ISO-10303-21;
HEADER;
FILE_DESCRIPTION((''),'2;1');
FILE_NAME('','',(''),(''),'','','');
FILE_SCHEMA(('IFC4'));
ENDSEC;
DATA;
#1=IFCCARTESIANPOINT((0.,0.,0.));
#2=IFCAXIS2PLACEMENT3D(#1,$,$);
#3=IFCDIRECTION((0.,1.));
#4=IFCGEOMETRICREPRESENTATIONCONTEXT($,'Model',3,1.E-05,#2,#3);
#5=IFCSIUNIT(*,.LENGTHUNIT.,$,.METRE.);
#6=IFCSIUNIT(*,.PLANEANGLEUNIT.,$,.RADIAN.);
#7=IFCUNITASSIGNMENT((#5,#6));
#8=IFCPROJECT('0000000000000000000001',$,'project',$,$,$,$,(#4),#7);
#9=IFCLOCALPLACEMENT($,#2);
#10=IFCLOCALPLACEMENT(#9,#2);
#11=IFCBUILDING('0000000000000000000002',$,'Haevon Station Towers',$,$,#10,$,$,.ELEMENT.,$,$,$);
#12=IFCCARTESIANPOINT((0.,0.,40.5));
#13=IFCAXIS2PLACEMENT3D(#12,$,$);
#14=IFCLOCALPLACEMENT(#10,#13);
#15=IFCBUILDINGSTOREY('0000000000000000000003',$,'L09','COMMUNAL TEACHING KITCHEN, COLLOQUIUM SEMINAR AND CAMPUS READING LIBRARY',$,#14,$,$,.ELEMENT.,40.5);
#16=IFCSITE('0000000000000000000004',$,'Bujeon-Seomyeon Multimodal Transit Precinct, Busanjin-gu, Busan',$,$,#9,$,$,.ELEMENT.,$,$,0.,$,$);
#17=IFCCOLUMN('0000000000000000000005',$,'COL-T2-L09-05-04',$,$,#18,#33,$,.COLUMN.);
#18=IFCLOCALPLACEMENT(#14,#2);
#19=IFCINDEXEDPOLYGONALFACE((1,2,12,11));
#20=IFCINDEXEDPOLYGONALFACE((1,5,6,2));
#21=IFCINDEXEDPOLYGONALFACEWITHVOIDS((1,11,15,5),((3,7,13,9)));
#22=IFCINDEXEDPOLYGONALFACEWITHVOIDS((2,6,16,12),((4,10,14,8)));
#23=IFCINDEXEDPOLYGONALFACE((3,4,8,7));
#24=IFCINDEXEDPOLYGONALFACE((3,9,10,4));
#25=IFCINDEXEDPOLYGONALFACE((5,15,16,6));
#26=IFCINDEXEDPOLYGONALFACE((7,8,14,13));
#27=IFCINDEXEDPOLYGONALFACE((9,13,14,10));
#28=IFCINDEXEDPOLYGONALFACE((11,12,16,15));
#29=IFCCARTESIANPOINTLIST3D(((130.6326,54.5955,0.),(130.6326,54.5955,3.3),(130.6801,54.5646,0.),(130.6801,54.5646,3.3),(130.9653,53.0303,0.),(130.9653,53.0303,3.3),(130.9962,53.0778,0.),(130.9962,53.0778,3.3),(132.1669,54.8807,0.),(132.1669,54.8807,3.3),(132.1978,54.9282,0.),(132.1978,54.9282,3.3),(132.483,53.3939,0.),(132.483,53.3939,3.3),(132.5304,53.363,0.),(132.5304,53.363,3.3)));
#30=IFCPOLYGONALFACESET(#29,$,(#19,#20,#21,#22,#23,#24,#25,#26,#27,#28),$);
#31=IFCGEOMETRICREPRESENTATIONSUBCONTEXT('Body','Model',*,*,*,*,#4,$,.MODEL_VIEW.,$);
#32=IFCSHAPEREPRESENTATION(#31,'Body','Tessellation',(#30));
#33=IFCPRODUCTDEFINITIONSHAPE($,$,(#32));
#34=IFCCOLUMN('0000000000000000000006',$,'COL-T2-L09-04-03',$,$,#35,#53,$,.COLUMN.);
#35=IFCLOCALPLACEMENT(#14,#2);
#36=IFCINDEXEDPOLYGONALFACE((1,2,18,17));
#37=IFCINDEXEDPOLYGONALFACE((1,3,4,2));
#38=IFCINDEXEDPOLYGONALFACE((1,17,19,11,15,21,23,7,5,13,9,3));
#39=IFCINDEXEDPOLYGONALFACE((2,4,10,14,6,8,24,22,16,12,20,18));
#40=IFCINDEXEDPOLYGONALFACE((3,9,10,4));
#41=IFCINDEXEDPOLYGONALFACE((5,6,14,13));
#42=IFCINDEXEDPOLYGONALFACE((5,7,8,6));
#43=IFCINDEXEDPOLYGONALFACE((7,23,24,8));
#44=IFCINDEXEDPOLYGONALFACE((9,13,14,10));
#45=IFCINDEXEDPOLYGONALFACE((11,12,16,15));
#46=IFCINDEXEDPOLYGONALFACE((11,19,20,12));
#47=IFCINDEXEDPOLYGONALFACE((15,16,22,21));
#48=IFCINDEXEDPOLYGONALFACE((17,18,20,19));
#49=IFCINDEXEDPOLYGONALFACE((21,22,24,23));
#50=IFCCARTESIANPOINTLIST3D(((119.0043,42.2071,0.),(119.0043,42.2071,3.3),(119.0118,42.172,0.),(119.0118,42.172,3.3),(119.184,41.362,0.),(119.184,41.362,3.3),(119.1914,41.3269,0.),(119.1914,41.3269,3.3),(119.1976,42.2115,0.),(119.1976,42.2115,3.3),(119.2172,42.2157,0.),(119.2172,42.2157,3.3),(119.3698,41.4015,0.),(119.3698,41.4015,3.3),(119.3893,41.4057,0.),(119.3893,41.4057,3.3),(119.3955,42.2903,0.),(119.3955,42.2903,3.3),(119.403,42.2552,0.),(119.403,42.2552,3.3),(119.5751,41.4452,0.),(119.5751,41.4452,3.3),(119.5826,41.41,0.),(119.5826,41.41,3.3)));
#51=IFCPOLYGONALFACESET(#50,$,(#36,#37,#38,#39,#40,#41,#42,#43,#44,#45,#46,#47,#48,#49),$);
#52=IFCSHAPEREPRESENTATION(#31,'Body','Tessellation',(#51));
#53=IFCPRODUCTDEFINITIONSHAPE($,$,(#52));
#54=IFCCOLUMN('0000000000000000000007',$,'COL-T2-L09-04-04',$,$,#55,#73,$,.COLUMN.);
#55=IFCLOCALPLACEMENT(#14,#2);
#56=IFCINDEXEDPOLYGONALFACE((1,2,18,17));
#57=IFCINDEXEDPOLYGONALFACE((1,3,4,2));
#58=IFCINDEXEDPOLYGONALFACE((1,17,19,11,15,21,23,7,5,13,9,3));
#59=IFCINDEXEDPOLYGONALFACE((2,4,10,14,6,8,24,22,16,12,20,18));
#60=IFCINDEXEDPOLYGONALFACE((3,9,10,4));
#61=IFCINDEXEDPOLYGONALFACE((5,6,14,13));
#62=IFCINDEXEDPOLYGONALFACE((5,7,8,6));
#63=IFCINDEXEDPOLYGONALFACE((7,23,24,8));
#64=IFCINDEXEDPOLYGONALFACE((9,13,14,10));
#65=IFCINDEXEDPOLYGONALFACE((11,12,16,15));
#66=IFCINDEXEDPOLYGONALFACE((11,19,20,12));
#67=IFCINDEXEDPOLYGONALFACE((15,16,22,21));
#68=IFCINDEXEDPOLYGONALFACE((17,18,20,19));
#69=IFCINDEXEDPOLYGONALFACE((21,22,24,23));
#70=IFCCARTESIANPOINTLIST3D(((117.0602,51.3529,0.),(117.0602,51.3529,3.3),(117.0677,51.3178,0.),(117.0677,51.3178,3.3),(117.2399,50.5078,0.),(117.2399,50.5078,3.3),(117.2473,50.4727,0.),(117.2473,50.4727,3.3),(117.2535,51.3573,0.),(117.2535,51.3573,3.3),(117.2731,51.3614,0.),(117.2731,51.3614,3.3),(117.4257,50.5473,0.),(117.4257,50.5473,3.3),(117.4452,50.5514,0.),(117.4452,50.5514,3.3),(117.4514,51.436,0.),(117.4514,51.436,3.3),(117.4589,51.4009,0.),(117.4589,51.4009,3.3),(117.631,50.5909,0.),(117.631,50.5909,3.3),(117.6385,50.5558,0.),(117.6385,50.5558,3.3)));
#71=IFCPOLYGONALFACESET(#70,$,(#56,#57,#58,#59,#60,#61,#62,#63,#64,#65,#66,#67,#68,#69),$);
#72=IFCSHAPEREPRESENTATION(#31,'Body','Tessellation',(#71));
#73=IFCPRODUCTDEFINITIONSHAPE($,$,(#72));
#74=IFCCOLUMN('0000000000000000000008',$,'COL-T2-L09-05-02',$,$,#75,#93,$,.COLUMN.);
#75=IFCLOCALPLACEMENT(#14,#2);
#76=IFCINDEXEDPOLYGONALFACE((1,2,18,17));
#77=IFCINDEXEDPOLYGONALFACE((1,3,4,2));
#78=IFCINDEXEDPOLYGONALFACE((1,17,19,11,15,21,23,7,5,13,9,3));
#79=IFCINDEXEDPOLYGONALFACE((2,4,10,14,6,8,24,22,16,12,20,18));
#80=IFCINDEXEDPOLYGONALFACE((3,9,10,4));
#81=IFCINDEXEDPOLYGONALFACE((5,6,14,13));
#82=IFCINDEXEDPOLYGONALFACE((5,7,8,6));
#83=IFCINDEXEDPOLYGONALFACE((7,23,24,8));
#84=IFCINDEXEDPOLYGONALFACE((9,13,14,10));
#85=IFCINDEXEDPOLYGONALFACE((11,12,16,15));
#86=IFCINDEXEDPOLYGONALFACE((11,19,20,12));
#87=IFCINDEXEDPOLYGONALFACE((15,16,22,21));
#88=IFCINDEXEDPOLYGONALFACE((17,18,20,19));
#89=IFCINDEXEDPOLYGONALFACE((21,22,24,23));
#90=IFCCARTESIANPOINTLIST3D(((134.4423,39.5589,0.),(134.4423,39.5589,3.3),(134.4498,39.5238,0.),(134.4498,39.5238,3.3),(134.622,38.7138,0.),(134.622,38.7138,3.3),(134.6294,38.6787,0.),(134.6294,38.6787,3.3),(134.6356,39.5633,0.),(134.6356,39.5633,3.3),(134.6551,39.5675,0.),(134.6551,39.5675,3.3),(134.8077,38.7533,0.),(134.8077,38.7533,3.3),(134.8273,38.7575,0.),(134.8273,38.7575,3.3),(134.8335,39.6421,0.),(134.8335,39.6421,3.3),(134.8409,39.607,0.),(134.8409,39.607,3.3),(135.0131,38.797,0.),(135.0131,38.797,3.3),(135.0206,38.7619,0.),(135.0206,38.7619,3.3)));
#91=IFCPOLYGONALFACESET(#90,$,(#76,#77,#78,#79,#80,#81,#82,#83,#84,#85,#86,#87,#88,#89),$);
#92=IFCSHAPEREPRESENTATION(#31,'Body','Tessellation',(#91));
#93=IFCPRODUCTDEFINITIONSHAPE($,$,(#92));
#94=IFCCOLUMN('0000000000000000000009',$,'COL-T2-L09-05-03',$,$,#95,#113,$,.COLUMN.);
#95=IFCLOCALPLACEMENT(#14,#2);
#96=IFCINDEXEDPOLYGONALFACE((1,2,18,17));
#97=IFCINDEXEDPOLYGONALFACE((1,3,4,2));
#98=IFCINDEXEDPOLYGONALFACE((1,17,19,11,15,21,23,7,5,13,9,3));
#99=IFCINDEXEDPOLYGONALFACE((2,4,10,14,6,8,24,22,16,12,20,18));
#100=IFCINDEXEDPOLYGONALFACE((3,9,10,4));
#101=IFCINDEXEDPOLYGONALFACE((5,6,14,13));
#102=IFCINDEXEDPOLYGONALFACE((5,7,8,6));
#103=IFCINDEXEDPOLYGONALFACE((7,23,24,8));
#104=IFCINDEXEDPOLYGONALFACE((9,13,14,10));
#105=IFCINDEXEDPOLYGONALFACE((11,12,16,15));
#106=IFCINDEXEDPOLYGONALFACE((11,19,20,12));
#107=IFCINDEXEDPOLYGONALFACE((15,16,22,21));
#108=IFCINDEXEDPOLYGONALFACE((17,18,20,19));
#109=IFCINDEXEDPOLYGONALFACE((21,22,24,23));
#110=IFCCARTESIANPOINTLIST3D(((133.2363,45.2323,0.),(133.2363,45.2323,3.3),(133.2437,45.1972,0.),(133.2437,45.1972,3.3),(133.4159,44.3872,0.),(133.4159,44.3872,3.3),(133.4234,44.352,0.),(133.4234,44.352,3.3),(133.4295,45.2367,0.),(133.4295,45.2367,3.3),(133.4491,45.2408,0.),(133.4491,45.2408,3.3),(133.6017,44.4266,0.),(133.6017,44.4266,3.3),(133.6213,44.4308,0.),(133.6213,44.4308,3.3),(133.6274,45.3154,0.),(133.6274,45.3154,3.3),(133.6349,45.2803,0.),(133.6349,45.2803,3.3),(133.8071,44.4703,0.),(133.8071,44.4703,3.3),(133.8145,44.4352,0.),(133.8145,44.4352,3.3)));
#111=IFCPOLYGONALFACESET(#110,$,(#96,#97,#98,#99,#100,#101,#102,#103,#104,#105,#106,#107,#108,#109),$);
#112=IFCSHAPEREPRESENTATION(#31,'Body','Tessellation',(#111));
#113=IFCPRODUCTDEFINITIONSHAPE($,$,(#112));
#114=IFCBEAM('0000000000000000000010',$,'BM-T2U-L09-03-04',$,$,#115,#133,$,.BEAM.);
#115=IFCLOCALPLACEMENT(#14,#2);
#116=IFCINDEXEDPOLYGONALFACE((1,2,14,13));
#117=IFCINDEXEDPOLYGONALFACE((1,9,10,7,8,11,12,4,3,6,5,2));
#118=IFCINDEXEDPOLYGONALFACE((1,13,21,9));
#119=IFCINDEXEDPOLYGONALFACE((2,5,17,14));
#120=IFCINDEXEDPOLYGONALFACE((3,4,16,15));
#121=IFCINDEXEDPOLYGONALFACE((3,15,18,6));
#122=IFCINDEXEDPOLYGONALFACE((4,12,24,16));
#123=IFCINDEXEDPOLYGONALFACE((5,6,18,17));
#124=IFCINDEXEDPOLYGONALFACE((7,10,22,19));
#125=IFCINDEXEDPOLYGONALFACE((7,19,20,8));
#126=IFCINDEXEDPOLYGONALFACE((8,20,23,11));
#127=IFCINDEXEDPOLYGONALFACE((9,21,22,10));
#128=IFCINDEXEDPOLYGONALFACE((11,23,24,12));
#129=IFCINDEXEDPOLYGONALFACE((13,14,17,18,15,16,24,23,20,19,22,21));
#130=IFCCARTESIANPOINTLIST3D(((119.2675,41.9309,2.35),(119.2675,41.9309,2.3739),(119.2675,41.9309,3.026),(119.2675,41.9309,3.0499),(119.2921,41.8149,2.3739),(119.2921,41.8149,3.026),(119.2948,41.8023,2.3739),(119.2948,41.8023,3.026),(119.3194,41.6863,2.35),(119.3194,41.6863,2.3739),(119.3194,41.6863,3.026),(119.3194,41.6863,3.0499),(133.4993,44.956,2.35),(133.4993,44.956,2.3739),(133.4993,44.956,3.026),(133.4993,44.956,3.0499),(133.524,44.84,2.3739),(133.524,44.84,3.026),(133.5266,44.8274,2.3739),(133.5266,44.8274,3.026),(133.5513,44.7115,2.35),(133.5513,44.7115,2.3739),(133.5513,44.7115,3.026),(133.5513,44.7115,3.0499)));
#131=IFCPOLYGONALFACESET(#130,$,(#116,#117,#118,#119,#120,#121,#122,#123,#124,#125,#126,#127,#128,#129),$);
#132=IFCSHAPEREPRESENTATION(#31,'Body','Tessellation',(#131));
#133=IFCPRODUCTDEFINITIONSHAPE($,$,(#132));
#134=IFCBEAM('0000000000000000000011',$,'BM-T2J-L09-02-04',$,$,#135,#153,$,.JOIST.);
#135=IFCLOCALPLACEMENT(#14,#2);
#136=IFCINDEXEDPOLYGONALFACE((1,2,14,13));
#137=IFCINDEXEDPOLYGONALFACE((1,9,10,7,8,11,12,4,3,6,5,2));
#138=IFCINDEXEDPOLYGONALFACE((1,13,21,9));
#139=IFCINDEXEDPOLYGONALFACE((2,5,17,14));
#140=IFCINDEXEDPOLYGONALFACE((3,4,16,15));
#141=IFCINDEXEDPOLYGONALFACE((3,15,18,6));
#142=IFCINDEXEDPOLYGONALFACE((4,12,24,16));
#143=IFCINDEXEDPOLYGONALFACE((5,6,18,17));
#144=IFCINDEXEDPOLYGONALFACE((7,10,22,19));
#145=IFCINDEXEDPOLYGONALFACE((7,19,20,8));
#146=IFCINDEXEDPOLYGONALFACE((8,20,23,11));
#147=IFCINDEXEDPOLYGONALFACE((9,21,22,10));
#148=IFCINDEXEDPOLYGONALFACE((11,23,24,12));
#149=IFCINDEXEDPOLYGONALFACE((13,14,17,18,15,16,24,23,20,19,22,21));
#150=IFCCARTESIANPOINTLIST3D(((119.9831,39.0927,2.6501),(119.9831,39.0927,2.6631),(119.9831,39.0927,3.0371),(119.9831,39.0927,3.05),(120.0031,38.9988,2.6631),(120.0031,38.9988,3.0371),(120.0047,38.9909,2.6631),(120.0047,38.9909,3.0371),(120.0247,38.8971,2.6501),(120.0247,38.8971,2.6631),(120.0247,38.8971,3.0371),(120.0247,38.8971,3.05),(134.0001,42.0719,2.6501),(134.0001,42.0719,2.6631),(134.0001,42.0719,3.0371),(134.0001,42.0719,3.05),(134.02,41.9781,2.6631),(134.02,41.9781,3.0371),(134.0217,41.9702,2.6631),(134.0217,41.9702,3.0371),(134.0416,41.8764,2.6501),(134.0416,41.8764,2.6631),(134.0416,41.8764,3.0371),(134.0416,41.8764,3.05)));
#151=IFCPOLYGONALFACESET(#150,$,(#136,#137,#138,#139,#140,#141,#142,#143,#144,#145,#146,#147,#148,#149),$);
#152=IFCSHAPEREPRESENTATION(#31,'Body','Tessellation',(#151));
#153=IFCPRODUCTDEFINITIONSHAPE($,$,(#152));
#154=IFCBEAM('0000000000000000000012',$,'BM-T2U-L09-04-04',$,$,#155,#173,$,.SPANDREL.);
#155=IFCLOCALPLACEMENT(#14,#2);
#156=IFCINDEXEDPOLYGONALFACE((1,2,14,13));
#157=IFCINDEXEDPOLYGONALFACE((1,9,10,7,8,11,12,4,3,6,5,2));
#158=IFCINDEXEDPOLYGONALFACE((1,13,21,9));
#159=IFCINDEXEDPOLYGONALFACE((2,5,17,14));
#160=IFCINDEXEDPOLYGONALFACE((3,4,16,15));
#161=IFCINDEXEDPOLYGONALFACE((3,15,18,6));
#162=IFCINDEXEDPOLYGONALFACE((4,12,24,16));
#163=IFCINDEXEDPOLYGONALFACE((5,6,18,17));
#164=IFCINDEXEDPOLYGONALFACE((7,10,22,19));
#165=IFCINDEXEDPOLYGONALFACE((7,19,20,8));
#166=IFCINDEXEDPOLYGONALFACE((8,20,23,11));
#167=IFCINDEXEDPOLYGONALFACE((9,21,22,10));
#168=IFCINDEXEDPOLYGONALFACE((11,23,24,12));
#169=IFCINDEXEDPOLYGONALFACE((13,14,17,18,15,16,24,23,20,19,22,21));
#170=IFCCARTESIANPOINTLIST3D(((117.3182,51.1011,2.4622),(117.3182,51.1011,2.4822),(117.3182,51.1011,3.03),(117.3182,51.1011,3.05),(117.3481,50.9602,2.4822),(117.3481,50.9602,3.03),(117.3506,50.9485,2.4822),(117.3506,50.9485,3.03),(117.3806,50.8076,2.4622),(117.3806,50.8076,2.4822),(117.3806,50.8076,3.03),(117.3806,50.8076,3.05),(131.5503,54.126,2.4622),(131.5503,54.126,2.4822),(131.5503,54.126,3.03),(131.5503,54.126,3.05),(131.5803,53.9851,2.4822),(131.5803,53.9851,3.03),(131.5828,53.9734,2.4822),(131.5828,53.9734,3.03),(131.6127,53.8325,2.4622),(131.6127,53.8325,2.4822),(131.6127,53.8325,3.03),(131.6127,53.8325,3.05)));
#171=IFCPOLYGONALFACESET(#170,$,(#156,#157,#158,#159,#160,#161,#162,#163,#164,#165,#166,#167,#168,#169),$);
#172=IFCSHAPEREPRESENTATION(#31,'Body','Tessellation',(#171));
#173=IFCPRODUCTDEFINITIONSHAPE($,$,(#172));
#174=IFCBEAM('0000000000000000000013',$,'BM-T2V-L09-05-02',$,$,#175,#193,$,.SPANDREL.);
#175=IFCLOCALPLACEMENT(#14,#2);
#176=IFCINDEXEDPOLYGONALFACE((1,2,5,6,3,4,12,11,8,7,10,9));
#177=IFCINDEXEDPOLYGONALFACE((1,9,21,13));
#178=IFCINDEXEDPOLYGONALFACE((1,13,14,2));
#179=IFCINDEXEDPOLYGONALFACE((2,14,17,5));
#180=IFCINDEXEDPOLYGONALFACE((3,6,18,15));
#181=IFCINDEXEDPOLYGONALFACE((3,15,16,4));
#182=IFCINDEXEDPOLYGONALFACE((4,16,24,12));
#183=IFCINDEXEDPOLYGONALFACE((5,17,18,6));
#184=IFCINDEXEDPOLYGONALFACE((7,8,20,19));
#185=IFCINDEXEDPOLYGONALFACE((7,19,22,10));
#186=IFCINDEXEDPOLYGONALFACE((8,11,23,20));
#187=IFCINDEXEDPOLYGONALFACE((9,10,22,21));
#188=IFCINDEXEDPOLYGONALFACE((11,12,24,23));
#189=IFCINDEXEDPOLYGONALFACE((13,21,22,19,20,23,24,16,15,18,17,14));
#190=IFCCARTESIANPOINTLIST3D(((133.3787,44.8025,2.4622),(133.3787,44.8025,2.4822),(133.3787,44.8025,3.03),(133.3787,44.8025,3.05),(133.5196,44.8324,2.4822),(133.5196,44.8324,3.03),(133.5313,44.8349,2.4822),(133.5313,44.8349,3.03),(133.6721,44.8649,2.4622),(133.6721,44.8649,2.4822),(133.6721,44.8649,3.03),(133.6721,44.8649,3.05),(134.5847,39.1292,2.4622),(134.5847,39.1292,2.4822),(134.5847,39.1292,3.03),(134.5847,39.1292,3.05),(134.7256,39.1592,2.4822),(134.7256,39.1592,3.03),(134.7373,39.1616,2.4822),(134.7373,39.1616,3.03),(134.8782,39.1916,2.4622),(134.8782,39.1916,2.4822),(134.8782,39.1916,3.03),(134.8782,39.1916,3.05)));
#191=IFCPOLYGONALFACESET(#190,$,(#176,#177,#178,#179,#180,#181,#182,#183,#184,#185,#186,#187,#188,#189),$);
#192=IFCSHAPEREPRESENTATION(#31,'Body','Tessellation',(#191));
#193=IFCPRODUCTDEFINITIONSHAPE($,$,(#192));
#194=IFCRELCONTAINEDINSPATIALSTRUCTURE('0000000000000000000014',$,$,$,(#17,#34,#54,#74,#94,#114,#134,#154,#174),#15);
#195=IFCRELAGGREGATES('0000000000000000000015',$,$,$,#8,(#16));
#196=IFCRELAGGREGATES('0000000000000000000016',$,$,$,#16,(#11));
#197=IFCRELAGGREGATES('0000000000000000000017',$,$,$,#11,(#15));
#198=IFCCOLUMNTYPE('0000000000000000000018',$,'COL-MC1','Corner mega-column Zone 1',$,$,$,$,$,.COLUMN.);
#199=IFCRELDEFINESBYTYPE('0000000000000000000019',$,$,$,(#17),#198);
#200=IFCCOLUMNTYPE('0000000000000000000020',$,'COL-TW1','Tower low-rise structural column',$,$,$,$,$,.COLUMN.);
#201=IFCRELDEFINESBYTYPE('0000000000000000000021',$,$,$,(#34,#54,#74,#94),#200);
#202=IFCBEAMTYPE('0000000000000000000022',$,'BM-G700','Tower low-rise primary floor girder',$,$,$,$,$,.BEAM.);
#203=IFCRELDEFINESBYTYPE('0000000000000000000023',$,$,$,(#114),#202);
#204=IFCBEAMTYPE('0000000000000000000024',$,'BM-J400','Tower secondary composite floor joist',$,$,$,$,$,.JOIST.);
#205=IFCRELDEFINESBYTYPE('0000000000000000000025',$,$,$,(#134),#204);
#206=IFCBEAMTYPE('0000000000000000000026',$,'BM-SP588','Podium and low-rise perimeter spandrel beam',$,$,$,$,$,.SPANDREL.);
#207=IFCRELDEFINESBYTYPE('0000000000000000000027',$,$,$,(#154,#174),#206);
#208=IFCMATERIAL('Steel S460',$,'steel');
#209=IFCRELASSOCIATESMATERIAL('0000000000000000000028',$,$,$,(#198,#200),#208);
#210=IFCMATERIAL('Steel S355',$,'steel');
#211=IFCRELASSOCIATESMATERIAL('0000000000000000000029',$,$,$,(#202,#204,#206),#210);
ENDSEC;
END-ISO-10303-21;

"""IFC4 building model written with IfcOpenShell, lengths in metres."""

from ifc_helpers import new_model, si_unit, direction, frame, origin, origin_2d, place, context, subcontext, project, spatial, hollow_rectangle, i_section, extrude, material, material_profile, profile_set, type_object, element, save


model = new_model("IFC4")

# Units and contexts
model_context = context("Model", 3, precision=1e-05, world=origin(), true_north=direction((0.0, 1.0)))
body_context = subcontext(model_context, "Body", "Model", "MODEL_VIEW")
ifc_project = project(units=[si_unit("LENGTHUNIT", "METRE"), si_unit("PLANEANGLEUNIT", "RADIAN")], contexts=[model_context])

# Site, building, storey
site_placement = place(None, origin())
site = spatial("IfcSite", under=ifc_project, at=site_placement, Name="Bujeon-Seomyeon Multimodal Transit Precinct, Busanjin-gu, Busan", CompositionType="ELEMENT", RefElevation=0.0)
building_placement = place(site_placement, origin())
building = spatial("IfcBuilding", under=site, at=building_placement, Name="Haevon Station Towers", CompositionType="ELEMENT")
storey_placement = place(building_placement, frame((0.0, 0.0, 40.5)))
storey = spatial("IfcBuildingStorey", under=building, at=storey_placement, Name="L09", Description="COMMUNAL TEACHING KITCHEN, COLLOQUIUM SEMINAR AND CAMPUS READING LIBRARY", CompositionType="ELEMENT", Elevation=40.5)

# Columns
ifc_material_1 = material(Name="Steel S460", Category="steel")
ifc_material_profile_1 = material_profile(ifc_material_1, hollow_rectangle(XDim=1.6001, YDim=1.6001, WallThickness=0.04, at=origin_2d()), Name="BOX-1600x1600x40")
ifc_profile_set_1 = profile_set([ifc_material_profile_1], Name="Steel S460")
column_type_1 = type_object("IfcColumnType", Name="COL-MC1", Description="Corner mega-column Zone 1", PredefinedType="COLUMN", material=ifc_profile_set_1)
column_placement = place(storey_placement, frame((131.5815, 53.9792, 0.0), z_axis=(0.0, 0.0, 1.0), x_axis=(0.978148, 0.207912, 0.0)))
element("IfcColumn", 1, at=column_placement, inside=storey, type_object=column_type_1, Name="COL-T2-L09-05-04", PredefinedType="COLUMN", context=body_context, shape_type="SweptSolid", body=[
    extrude(hollow_rectangle(XDim=1.6001, YDim=1.6001, WallThickness=0.04, at=origin_2d()), origin(), (0.0, 0.0, 1.0), 3.3),
])
ifc_material_profile_2 = material_profile(ifc_material_1, i_section(OverallWidth=0.3999, OverallDepth=0.8999, WebThickness=0.02, FlangeThickness=0.0359, at=origin_2d()), Name="H-900x400x20x36")
ifc_profile_set_2 = profile_set([ifc_material_profile_2], Name="Steel S460")
column_type_2 = type_object("IfcColumnType", Name="COL-TW1", Description="Tower low-rise structural column", PredefinedType="COLUMN", material=ifc_profile_set_2)
for number, where, z_axis, x_axis, name in (
    (2, (119.2935, 41.8086, 0.0), (0.0, 0.0, 1.0), (0.978148, 0.207912, 0.0), "COL-T2-L09-04-03"),
    (3, (117.3494, 50.9543, 0.0), (0.0, 0.0, 1.0), (0.978148, 0.207912, 0.0), "COL-T2-L09-04-04"),
    (4, (134.7314, 39.1604, 0.0), (0.0, 0.0, 1.0), (0.978148, 0.207912, 0.0), "COL-T2-L09-05-02"),
    (5, (133.5254, 44.8337, 0.0), (0.0, 0.0, 1.0), (0.978148, 0.207912, 0.0), "COL-T2-L09-05-03"),
):
    element("IfcColumn", number, at=place(storey_placement, frame(where, z_axis=z_axis, x_axis=x_axis)), inside=storey, type_object=column_type_2, Name=name, PredefinedType="COLUMN", context=body_context, shape_type="SweptSolid", body=[
        extrude(i_section(OverallWidth=0.3999, OverallDepth=0.8999, WebThickness=0.02, FlangeThickness=0.0359, at=origin_2d()), origin(), (0.0, 0.0, 1.0), 3.3),
    ])

# Beams
ifc_material_2 = material(Name="Steel S355", Category="steel")
ifc_material_profile_3 = material_profile(ifc_material_2, i_section(OverallWidth=0.25, OverallDepth=0.7, WebThickness=0.0129, FlangeThickness=0.0239, at=origin_2d()), Name="H-700x250x13x24")
ifc_profile_set_3 = profile_set([ifc_material_profile_3], Name="Steel S355")
beam_type_1 = type_object("IfcBeamType", Name="BM-G700", Description="Tower low-rise primary floor girder", PredefinedType="BEAM", material=ifc_profile_set_3)
beam_1_placement = place(storey_placement, frame((119.2935, 41.8086, 2.7), z_axis=(0.978147, 0.207915, 0.0), x_axis=(-0.207915, 0.978147, 0.0)))
element("IfcBeam", 6, at=beam_1_placement, inside=storey, type_object=beam_type_1, Name="BM-T2U-L09-03-04", PredefinedType="BEAM", context=body_context, shape_type="SweptSolid", body=[
    extrude(i_section(OverallWidth=0.25, OverallDepth=0.7, WebThickness=0.0129, FlangeThickness=0.0239, at=origin_2d()), origin(), (0.0, 0.0, 1.0), 14.5498),
])
ifc_material_profile_4 = material_profile(ifc_material_2, i_section(OverallWidth=0.2, OverallDepth=0.3999, WebThickness=0.0081, FlangeThickness=0.0129, at=origin_2d()), Name="H-400x200x8x13")
ifc_profile_set_4 = profile_set([ifc_material_profile_4], Name="Steel S355")
beam_type_2 = type_object("IfcBeamType", Name="BM-J400", Description="Tower secondary composite floor joist", PredefinedType="JOIST", material=ifc_profile_set_4)
beam_2_placement = place(storey_placement, frame((120.0039, 38.9949, 2.8501), z_axis=(0.978149, 0.207903, 0.0), x_axis=(-0.207903, 0.978149, 0.0)))
element("IfcBeam", 7, at=beam_2_placement, inside=storey, type_object=beam_type_2, Name="BM-T2J-L09-02-04", PredefinedType="JOIST", context=body_context, shape_type="SweptSolid", body=[
    extrude(i_section(OverallWidth=0.2, OverallDepth=0.3999, WebThickness=0.0081, FlangeThickness=0.0129, at=origin_2d()), origin(), (0.0, 0.0, 1.0), 14.3301),
])
ifc_material_profile_5 = material_profile(ifc_material_2, i_section(OverallWidth=0.3, OverallDepth=0.5879, WebThickness=0.012, FlangeThickness=0.02, at=origin_2d()), Name="H-588x300x12x20")
ifc_profile_set_5 = profile_set([ifc_material_profile_5], Name="Steel S355")
beam_type_3 = type_object("IfcBeamType", Name="BM-SP588", Description="Podium and low-rise perimeter spandrel beam", PredefinedType="SPANDREL", material=ifc_profile_set_5)
beam_3_placement = place(storey_placement, frame((117.3494, 50.9543, 2.7561), z_axis=(0.978151, 0.207896, 0.0), x_axis=(-0.207896, 0.978151, 0.0)))
element("IfcBeam", 8, at=beam_3_placement, inside=storey, type_object=beam_type_3, Name="BM-T2U-L09-04-04", PredefinedType="SPANDREL", context=body_context, shape_type="SweptSolid", body=[
    extrude(i_section(OverallWidth=0.3, OverallDepth=0.5879, WebThickness=0.012, FlangeThickness=0.02, at=origin_2d()), origin(), (0.0, 0.0, 1.0), 14.55),
])
beam_4_placement = place(storey_placement, frame((134.7314, 39.1604, 2.7561), z_axis=(-0.207936, 0.978142, 0.0), x_axis=(-0.978142, -0.207936, 0.0)))
element("IfcBeam", 9, at=beam_4_placement, inside=storey, type_object=beam_type_3, Name="BM-T2V-L09-05-02", PredefinedType="SPANDREL", context=body_context, shape_type="SweptSolid", body=[
    extrude(i_section(OverallWidth=0.3, OverallDepth=0.5879, WebThickness=0.012, FlangeThickness=0.02, at=origin_2d()), origin(), (0.0, 0.0, 1.0), 5.8),
])

save(model, "model.ifc")
